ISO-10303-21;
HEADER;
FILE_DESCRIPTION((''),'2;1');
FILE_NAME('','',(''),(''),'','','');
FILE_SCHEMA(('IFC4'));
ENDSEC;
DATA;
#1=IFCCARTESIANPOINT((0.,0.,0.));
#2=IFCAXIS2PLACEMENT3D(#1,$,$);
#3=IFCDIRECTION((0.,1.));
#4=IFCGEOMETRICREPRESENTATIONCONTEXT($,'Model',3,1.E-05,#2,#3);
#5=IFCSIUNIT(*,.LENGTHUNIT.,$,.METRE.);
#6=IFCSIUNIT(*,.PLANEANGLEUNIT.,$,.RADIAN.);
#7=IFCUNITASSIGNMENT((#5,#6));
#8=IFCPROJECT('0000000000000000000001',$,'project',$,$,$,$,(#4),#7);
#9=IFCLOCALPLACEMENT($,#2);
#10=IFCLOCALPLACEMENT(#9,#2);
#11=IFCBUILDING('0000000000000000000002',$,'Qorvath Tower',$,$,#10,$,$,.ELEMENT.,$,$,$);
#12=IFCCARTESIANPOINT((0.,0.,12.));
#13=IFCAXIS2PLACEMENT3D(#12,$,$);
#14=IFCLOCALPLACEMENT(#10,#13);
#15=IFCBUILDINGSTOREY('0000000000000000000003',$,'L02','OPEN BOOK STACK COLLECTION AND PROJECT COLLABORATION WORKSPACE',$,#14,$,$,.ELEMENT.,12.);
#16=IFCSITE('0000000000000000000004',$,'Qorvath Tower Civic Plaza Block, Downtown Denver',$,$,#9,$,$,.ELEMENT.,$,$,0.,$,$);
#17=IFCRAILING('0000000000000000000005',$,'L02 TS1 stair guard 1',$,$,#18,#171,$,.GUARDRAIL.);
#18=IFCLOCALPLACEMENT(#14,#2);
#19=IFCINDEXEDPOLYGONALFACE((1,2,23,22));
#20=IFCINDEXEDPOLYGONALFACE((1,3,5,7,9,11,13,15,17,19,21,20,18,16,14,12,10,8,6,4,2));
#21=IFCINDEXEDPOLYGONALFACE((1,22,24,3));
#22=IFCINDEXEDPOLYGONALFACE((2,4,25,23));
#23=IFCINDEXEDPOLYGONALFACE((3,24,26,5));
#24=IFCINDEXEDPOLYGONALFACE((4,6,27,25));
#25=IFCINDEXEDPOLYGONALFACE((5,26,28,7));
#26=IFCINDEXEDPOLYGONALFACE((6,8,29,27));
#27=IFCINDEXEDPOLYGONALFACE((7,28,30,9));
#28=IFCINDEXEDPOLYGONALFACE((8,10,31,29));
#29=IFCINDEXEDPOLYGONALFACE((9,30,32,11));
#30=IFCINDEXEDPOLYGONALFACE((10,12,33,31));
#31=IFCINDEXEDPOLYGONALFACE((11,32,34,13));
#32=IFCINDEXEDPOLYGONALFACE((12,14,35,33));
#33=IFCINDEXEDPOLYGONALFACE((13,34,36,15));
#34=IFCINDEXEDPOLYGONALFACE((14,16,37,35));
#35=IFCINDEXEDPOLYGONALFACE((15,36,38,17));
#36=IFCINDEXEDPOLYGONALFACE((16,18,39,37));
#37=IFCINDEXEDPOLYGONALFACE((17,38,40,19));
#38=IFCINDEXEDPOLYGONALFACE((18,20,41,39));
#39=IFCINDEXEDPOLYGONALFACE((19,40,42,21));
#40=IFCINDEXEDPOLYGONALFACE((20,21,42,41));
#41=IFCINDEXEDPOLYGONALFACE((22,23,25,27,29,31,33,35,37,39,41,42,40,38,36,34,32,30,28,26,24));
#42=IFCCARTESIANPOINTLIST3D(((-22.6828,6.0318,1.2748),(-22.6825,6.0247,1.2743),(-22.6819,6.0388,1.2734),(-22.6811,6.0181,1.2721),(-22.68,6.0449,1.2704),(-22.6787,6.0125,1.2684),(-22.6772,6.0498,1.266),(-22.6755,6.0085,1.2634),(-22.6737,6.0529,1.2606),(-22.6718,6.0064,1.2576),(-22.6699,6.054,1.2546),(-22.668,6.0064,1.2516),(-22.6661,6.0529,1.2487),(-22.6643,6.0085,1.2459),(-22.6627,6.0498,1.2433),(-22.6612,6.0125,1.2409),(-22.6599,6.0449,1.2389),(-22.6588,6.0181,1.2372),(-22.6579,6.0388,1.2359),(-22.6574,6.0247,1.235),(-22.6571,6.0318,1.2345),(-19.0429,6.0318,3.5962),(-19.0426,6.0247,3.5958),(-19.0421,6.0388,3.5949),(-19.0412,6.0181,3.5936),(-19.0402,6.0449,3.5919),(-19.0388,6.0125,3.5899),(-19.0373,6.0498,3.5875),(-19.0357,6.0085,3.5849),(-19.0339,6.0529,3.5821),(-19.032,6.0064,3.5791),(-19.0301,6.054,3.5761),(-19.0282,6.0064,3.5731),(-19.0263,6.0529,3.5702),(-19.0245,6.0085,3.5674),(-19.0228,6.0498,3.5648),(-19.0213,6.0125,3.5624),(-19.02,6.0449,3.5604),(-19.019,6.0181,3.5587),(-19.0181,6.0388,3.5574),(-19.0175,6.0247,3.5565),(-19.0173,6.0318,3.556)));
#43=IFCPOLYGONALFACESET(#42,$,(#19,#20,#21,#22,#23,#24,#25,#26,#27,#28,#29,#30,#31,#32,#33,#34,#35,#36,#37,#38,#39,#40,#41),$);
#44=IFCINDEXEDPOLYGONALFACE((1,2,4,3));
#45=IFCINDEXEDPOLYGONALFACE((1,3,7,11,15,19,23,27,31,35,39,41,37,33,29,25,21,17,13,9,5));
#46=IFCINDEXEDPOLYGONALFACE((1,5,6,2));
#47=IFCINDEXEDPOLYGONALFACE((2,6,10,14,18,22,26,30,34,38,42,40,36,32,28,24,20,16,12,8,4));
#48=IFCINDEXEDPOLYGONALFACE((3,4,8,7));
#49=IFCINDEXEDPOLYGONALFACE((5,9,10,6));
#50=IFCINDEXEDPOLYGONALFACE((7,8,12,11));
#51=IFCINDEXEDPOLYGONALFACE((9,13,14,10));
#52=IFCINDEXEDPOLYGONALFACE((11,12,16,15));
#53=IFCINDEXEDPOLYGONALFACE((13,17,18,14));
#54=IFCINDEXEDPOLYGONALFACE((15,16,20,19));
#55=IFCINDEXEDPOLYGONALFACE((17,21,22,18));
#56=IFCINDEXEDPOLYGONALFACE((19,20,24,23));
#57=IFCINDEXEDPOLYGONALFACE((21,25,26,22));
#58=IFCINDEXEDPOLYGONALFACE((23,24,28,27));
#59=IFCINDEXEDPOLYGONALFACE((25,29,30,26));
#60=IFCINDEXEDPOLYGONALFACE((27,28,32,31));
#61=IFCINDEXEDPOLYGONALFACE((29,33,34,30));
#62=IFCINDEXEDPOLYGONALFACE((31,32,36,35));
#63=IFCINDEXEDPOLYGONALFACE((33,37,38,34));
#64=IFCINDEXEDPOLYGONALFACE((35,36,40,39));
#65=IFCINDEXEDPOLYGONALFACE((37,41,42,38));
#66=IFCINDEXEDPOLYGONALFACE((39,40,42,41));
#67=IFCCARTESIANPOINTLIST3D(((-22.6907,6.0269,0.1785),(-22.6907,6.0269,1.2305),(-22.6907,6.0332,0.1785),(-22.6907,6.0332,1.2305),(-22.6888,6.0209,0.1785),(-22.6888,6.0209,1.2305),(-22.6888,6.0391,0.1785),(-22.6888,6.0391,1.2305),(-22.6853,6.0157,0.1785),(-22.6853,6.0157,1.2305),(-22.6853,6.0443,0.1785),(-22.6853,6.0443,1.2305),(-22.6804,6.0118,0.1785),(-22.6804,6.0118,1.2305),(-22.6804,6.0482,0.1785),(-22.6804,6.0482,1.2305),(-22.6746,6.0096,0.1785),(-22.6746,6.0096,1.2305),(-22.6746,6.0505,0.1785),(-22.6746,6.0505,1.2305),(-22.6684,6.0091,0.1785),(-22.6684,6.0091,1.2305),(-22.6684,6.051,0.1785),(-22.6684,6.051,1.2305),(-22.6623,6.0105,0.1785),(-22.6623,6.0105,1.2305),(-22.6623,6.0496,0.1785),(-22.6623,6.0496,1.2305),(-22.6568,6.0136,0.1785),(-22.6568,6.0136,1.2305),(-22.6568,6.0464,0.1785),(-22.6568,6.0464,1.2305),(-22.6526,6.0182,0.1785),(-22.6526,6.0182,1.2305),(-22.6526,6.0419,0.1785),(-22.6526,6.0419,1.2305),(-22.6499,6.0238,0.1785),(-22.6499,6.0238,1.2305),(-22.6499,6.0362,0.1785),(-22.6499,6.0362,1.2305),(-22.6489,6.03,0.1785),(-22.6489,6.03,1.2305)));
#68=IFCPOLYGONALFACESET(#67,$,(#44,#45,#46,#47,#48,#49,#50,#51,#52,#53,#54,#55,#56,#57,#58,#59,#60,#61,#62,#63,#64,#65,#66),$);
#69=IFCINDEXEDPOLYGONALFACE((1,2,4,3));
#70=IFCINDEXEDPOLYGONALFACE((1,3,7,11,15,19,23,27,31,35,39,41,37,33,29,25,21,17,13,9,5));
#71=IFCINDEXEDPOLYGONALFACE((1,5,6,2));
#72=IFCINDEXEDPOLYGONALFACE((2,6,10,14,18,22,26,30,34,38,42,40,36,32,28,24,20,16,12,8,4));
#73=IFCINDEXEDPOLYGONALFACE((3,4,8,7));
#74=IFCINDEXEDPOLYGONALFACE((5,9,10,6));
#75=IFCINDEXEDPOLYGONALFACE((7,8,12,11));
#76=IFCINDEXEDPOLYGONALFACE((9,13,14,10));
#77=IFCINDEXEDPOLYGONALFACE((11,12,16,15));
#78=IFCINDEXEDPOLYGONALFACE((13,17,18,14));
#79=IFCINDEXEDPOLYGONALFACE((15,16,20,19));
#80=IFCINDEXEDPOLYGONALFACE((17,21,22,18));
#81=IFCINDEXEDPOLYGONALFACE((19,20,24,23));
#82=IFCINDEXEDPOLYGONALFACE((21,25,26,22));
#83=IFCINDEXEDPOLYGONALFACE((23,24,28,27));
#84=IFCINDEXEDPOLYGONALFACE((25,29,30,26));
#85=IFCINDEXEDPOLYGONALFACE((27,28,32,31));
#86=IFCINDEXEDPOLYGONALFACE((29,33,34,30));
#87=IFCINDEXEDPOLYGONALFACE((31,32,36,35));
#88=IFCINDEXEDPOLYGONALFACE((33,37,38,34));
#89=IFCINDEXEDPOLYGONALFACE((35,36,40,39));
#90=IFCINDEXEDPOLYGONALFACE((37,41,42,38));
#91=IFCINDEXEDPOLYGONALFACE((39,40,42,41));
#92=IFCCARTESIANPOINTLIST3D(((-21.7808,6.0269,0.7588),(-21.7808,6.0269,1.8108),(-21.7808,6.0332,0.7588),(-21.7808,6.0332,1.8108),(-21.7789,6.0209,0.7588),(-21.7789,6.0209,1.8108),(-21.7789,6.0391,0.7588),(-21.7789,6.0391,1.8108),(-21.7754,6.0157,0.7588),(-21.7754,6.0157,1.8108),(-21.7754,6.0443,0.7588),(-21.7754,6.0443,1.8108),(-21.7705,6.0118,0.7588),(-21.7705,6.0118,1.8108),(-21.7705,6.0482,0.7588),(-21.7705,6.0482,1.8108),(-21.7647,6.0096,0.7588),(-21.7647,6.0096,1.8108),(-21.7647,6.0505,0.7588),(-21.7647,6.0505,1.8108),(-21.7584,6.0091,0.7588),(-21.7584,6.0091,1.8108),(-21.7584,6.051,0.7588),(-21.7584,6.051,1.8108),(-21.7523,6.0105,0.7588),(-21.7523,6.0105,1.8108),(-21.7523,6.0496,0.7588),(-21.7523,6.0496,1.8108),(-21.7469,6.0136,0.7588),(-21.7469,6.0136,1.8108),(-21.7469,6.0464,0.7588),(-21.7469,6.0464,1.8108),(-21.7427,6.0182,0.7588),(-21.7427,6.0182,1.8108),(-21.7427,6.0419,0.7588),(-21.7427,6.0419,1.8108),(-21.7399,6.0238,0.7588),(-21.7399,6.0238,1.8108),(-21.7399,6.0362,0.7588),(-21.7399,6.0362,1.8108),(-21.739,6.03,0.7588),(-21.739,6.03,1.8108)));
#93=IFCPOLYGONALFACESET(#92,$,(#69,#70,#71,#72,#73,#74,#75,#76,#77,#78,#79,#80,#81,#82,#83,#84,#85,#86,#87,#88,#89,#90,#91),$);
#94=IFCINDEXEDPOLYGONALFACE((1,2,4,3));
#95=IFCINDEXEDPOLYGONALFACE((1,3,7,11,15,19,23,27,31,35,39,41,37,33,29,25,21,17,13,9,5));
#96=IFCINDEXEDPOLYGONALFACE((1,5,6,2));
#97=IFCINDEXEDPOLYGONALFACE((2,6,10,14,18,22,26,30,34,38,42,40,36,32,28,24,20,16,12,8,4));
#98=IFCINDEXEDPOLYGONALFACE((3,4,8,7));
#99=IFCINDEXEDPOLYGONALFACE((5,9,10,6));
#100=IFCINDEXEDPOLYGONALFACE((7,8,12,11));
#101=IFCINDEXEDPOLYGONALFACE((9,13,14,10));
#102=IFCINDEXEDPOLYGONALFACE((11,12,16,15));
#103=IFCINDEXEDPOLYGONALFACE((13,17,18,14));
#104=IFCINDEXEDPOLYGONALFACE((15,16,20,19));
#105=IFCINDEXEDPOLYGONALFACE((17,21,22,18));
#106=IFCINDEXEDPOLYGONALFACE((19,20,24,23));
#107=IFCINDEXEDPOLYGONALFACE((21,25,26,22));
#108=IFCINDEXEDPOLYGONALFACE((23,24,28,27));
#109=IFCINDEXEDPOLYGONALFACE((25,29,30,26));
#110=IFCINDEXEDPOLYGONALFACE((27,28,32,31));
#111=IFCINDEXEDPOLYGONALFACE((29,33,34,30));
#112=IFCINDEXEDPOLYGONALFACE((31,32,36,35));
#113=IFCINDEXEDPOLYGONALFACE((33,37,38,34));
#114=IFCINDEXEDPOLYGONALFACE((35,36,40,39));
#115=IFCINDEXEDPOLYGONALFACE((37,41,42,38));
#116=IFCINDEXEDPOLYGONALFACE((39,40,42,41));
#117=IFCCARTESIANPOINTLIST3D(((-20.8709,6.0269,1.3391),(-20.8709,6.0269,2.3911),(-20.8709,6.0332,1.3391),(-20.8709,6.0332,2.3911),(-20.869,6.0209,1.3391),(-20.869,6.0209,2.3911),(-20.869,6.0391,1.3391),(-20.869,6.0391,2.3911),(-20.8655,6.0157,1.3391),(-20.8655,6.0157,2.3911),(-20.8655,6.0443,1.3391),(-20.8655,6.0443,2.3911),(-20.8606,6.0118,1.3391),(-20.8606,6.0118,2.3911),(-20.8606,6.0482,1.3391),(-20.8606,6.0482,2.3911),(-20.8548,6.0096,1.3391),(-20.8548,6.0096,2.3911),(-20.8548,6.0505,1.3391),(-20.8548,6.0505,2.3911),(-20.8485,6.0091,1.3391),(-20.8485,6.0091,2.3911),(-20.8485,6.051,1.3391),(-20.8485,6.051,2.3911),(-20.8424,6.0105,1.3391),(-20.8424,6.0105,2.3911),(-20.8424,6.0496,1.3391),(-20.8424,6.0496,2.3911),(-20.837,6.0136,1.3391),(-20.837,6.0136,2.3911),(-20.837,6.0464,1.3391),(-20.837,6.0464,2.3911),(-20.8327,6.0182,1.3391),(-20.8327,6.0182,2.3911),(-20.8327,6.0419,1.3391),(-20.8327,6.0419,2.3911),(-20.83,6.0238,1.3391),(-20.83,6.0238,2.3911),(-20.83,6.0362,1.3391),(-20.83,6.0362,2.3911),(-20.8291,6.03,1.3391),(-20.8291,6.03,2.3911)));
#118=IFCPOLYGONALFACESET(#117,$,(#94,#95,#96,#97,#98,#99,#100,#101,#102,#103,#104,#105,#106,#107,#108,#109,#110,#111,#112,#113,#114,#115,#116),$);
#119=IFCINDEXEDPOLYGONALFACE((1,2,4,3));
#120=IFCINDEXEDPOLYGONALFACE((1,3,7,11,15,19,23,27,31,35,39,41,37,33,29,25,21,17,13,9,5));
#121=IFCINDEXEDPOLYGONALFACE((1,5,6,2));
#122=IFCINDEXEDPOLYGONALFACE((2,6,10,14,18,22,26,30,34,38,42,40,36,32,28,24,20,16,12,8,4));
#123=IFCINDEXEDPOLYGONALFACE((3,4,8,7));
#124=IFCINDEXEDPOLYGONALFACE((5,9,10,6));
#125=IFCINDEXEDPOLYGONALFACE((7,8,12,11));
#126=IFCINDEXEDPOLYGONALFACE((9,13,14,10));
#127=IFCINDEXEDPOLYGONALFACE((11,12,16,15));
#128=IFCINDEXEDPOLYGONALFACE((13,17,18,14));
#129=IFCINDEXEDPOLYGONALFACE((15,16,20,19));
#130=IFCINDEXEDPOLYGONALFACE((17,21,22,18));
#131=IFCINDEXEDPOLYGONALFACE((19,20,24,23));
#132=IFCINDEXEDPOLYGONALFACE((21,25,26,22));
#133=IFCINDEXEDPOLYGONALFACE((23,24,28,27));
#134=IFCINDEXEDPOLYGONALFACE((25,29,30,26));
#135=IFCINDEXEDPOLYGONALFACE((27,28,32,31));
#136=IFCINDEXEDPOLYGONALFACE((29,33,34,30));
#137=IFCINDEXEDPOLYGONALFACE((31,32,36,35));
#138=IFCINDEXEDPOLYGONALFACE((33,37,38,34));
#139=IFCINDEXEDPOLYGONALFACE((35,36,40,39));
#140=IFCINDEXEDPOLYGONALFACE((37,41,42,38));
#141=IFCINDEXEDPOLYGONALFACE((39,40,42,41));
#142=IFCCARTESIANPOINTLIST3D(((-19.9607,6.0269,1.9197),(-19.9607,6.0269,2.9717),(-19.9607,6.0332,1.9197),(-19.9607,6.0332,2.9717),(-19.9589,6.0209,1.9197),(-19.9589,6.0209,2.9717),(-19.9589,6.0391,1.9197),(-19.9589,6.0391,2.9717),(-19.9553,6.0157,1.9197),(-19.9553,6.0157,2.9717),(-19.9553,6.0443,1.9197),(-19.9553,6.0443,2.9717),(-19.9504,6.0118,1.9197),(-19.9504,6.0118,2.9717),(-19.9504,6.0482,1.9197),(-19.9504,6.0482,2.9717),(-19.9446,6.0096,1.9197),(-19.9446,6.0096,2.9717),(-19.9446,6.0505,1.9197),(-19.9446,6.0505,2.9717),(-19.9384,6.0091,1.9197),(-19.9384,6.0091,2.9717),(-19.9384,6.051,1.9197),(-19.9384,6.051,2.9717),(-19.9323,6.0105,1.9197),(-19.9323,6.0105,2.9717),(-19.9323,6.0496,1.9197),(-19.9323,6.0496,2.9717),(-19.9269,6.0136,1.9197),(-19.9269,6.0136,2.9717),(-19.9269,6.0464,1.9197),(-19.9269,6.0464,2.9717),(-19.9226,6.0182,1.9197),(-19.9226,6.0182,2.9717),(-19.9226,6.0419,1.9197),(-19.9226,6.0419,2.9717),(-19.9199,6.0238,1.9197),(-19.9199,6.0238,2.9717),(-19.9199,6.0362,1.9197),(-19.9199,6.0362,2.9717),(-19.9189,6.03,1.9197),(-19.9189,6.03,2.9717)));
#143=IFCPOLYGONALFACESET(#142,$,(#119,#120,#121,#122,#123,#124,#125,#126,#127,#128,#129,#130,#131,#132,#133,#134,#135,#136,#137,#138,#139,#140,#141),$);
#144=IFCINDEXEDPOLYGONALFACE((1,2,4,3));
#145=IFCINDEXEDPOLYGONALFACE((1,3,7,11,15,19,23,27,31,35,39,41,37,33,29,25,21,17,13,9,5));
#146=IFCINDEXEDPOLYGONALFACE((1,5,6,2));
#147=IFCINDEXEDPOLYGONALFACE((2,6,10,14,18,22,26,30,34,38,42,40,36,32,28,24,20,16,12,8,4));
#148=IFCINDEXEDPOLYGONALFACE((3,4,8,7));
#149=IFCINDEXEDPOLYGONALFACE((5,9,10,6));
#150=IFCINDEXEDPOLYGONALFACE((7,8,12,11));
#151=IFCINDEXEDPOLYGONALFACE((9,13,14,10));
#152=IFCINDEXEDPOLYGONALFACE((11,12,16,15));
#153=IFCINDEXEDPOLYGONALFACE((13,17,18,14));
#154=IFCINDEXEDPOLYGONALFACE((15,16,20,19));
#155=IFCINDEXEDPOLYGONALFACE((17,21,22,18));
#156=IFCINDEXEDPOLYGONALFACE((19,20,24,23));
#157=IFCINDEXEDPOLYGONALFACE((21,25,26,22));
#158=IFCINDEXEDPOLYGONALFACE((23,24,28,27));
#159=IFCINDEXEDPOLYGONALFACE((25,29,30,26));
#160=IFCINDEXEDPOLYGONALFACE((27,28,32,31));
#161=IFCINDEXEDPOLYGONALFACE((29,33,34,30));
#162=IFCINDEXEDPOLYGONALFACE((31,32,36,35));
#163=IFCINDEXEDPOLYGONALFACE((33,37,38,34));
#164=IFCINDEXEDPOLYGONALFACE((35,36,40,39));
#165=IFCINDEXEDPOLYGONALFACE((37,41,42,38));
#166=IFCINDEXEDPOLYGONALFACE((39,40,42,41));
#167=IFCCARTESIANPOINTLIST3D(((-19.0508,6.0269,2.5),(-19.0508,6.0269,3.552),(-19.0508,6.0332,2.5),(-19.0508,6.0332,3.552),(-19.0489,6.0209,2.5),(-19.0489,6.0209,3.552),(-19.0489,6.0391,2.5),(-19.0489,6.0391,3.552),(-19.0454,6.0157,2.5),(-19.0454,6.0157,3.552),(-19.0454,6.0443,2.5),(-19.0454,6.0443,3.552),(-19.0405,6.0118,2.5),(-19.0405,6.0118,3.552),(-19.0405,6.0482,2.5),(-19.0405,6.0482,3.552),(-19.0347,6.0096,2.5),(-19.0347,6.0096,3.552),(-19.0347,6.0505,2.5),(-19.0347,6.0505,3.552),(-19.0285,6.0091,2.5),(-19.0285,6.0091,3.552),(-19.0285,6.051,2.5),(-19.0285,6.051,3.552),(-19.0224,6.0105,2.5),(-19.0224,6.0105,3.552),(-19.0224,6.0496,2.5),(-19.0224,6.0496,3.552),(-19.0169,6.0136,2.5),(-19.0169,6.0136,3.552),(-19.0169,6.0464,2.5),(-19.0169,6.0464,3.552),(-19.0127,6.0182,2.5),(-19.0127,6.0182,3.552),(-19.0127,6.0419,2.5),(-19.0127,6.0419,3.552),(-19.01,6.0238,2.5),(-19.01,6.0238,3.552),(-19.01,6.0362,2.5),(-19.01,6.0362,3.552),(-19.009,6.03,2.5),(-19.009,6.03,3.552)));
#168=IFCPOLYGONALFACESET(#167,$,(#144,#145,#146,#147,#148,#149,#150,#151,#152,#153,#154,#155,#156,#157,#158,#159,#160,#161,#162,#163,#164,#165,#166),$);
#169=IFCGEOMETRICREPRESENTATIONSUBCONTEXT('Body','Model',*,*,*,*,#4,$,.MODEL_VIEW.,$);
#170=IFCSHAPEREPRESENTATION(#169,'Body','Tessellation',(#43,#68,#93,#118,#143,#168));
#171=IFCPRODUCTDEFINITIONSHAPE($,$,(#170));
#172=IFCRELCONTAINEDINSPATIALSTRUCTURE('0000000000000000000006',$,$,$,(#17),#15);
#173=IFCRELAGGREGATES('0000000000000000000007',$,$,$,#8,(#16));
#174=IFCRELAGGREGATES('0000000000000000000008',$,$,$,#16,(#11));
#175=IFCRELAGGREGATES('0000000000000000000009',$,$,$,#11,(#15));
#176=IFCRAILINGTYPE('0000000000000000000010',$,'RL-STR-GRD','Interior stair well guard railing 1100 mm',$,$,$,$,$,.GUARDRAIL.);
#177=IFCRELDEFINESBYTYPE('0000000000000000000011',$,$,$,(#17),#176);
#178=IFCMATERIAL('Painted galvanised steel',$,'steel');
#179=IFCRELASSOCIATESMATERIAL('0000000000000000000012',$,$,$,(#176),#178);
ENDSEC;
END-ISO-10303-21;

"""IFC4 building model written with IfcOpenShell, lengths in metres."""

from ifc_helpers import new_model, si_unit, direction, frame, origin, origin_2d, place, context, subcontext, project, spatial, circle, extrude, material, type_object, element, save


model = new_model("IFC4")

# Units and contexts
model_context = context("Model", 3, precision=1e-05, world=origin(), true_north=direction((0.0, 1.0)))
body_context = subcontext(model_context, "Body", "Model", "MODEL_VIEW")
ifc_project = project(units=[si_unit("LENGTHUNIT", "METRE"), si_unit("PLANEANGLEUNIT", "RADIAN")], contexts=[model_context])

# Site, building, storey
site_placement = place(None, origin())
site = spatial("IfcSite", under=ifc_project, at=site_placement, Name="Qorvath Tower Civic Plaza Block, Downtown Denver", CompositionType="ELEMENT", RefElevation=0.0)
building_placement = place(site_placement, origin())
building = spatial("IfcBuilding", under=site, at=building_placement, Name="Qorvath Tower", CompositionType="ELEMENT")
storey_placement = place(building_placement, frame((0.0, 0.0, 12.0)))
storey = spatial("IfcBuildingStorey", under=building, at=storey_placement, Name="L02", Description="OPEN BOOK STACK COLLECTION AND PROJECT COLLABORATION WORKSPACE", CompositionType="ELEMENT", Elevation=12.0)

# Railing
ifc_material_1 = material(Name="Painted galvanised steel", Category="steel")
railing_type_1 = type_object("IfcRailingType", Name="RL-STR-GRD", Description="Interior stair well guard railing 1100 mm", PredefinedType="GUARDRAIL", material=ifc_material_1)
railing_1_placement = place(storey_placement, frame((-22.6699, 6.03, 0.1785)))
element("IfcRailing", 1, at=railing_1_placement, inside=storey, type_object=railing_type_1, Name="L02 TS1 stair guard 1", PredefinedType="GUARDRAIL", context=body_context, shape_type="SweptSolid", body=[
    extrude(circle(Radius=0.0239, at=origin_2d()), frame((0.0, 0.0, 1.0762), z_axis=(0.843112, 0.0, 0.537739), x_axis=(0.0, 1.0, 0.0)), (0.0, 0.0, 1.0), 4.3171),
    extrude(circle(Radius=0.021, at=origin_2d()), origin(), (0.0, 0.0, 1.0), 1.052),
    extrude(circle(Radius=0.021, at=origin_2d()), frame((0.9099, 0.0, 0.5803)), (0.0, 0.0, 1.0), 1.052),
    extrude(circle(Radius=0.021, at=origin_2d()), frame((1.8198, 0.0, 1.1606)), (0.0, 0.0, 1.0), 1.052),
    extrude(circle(Radius=0.021, at=origin_2d()), frame((2.73, 0.0, 1.7412)), (0.0, 0.0, 1.0), 1.052),
    extrude(circle(Radius=0.021, at=origin_2d()), frame((3.6399, 0.0, 2.3215)), (0.0, 0.0, 1.0), 1.052),
])

save(model, "model.ifc")
